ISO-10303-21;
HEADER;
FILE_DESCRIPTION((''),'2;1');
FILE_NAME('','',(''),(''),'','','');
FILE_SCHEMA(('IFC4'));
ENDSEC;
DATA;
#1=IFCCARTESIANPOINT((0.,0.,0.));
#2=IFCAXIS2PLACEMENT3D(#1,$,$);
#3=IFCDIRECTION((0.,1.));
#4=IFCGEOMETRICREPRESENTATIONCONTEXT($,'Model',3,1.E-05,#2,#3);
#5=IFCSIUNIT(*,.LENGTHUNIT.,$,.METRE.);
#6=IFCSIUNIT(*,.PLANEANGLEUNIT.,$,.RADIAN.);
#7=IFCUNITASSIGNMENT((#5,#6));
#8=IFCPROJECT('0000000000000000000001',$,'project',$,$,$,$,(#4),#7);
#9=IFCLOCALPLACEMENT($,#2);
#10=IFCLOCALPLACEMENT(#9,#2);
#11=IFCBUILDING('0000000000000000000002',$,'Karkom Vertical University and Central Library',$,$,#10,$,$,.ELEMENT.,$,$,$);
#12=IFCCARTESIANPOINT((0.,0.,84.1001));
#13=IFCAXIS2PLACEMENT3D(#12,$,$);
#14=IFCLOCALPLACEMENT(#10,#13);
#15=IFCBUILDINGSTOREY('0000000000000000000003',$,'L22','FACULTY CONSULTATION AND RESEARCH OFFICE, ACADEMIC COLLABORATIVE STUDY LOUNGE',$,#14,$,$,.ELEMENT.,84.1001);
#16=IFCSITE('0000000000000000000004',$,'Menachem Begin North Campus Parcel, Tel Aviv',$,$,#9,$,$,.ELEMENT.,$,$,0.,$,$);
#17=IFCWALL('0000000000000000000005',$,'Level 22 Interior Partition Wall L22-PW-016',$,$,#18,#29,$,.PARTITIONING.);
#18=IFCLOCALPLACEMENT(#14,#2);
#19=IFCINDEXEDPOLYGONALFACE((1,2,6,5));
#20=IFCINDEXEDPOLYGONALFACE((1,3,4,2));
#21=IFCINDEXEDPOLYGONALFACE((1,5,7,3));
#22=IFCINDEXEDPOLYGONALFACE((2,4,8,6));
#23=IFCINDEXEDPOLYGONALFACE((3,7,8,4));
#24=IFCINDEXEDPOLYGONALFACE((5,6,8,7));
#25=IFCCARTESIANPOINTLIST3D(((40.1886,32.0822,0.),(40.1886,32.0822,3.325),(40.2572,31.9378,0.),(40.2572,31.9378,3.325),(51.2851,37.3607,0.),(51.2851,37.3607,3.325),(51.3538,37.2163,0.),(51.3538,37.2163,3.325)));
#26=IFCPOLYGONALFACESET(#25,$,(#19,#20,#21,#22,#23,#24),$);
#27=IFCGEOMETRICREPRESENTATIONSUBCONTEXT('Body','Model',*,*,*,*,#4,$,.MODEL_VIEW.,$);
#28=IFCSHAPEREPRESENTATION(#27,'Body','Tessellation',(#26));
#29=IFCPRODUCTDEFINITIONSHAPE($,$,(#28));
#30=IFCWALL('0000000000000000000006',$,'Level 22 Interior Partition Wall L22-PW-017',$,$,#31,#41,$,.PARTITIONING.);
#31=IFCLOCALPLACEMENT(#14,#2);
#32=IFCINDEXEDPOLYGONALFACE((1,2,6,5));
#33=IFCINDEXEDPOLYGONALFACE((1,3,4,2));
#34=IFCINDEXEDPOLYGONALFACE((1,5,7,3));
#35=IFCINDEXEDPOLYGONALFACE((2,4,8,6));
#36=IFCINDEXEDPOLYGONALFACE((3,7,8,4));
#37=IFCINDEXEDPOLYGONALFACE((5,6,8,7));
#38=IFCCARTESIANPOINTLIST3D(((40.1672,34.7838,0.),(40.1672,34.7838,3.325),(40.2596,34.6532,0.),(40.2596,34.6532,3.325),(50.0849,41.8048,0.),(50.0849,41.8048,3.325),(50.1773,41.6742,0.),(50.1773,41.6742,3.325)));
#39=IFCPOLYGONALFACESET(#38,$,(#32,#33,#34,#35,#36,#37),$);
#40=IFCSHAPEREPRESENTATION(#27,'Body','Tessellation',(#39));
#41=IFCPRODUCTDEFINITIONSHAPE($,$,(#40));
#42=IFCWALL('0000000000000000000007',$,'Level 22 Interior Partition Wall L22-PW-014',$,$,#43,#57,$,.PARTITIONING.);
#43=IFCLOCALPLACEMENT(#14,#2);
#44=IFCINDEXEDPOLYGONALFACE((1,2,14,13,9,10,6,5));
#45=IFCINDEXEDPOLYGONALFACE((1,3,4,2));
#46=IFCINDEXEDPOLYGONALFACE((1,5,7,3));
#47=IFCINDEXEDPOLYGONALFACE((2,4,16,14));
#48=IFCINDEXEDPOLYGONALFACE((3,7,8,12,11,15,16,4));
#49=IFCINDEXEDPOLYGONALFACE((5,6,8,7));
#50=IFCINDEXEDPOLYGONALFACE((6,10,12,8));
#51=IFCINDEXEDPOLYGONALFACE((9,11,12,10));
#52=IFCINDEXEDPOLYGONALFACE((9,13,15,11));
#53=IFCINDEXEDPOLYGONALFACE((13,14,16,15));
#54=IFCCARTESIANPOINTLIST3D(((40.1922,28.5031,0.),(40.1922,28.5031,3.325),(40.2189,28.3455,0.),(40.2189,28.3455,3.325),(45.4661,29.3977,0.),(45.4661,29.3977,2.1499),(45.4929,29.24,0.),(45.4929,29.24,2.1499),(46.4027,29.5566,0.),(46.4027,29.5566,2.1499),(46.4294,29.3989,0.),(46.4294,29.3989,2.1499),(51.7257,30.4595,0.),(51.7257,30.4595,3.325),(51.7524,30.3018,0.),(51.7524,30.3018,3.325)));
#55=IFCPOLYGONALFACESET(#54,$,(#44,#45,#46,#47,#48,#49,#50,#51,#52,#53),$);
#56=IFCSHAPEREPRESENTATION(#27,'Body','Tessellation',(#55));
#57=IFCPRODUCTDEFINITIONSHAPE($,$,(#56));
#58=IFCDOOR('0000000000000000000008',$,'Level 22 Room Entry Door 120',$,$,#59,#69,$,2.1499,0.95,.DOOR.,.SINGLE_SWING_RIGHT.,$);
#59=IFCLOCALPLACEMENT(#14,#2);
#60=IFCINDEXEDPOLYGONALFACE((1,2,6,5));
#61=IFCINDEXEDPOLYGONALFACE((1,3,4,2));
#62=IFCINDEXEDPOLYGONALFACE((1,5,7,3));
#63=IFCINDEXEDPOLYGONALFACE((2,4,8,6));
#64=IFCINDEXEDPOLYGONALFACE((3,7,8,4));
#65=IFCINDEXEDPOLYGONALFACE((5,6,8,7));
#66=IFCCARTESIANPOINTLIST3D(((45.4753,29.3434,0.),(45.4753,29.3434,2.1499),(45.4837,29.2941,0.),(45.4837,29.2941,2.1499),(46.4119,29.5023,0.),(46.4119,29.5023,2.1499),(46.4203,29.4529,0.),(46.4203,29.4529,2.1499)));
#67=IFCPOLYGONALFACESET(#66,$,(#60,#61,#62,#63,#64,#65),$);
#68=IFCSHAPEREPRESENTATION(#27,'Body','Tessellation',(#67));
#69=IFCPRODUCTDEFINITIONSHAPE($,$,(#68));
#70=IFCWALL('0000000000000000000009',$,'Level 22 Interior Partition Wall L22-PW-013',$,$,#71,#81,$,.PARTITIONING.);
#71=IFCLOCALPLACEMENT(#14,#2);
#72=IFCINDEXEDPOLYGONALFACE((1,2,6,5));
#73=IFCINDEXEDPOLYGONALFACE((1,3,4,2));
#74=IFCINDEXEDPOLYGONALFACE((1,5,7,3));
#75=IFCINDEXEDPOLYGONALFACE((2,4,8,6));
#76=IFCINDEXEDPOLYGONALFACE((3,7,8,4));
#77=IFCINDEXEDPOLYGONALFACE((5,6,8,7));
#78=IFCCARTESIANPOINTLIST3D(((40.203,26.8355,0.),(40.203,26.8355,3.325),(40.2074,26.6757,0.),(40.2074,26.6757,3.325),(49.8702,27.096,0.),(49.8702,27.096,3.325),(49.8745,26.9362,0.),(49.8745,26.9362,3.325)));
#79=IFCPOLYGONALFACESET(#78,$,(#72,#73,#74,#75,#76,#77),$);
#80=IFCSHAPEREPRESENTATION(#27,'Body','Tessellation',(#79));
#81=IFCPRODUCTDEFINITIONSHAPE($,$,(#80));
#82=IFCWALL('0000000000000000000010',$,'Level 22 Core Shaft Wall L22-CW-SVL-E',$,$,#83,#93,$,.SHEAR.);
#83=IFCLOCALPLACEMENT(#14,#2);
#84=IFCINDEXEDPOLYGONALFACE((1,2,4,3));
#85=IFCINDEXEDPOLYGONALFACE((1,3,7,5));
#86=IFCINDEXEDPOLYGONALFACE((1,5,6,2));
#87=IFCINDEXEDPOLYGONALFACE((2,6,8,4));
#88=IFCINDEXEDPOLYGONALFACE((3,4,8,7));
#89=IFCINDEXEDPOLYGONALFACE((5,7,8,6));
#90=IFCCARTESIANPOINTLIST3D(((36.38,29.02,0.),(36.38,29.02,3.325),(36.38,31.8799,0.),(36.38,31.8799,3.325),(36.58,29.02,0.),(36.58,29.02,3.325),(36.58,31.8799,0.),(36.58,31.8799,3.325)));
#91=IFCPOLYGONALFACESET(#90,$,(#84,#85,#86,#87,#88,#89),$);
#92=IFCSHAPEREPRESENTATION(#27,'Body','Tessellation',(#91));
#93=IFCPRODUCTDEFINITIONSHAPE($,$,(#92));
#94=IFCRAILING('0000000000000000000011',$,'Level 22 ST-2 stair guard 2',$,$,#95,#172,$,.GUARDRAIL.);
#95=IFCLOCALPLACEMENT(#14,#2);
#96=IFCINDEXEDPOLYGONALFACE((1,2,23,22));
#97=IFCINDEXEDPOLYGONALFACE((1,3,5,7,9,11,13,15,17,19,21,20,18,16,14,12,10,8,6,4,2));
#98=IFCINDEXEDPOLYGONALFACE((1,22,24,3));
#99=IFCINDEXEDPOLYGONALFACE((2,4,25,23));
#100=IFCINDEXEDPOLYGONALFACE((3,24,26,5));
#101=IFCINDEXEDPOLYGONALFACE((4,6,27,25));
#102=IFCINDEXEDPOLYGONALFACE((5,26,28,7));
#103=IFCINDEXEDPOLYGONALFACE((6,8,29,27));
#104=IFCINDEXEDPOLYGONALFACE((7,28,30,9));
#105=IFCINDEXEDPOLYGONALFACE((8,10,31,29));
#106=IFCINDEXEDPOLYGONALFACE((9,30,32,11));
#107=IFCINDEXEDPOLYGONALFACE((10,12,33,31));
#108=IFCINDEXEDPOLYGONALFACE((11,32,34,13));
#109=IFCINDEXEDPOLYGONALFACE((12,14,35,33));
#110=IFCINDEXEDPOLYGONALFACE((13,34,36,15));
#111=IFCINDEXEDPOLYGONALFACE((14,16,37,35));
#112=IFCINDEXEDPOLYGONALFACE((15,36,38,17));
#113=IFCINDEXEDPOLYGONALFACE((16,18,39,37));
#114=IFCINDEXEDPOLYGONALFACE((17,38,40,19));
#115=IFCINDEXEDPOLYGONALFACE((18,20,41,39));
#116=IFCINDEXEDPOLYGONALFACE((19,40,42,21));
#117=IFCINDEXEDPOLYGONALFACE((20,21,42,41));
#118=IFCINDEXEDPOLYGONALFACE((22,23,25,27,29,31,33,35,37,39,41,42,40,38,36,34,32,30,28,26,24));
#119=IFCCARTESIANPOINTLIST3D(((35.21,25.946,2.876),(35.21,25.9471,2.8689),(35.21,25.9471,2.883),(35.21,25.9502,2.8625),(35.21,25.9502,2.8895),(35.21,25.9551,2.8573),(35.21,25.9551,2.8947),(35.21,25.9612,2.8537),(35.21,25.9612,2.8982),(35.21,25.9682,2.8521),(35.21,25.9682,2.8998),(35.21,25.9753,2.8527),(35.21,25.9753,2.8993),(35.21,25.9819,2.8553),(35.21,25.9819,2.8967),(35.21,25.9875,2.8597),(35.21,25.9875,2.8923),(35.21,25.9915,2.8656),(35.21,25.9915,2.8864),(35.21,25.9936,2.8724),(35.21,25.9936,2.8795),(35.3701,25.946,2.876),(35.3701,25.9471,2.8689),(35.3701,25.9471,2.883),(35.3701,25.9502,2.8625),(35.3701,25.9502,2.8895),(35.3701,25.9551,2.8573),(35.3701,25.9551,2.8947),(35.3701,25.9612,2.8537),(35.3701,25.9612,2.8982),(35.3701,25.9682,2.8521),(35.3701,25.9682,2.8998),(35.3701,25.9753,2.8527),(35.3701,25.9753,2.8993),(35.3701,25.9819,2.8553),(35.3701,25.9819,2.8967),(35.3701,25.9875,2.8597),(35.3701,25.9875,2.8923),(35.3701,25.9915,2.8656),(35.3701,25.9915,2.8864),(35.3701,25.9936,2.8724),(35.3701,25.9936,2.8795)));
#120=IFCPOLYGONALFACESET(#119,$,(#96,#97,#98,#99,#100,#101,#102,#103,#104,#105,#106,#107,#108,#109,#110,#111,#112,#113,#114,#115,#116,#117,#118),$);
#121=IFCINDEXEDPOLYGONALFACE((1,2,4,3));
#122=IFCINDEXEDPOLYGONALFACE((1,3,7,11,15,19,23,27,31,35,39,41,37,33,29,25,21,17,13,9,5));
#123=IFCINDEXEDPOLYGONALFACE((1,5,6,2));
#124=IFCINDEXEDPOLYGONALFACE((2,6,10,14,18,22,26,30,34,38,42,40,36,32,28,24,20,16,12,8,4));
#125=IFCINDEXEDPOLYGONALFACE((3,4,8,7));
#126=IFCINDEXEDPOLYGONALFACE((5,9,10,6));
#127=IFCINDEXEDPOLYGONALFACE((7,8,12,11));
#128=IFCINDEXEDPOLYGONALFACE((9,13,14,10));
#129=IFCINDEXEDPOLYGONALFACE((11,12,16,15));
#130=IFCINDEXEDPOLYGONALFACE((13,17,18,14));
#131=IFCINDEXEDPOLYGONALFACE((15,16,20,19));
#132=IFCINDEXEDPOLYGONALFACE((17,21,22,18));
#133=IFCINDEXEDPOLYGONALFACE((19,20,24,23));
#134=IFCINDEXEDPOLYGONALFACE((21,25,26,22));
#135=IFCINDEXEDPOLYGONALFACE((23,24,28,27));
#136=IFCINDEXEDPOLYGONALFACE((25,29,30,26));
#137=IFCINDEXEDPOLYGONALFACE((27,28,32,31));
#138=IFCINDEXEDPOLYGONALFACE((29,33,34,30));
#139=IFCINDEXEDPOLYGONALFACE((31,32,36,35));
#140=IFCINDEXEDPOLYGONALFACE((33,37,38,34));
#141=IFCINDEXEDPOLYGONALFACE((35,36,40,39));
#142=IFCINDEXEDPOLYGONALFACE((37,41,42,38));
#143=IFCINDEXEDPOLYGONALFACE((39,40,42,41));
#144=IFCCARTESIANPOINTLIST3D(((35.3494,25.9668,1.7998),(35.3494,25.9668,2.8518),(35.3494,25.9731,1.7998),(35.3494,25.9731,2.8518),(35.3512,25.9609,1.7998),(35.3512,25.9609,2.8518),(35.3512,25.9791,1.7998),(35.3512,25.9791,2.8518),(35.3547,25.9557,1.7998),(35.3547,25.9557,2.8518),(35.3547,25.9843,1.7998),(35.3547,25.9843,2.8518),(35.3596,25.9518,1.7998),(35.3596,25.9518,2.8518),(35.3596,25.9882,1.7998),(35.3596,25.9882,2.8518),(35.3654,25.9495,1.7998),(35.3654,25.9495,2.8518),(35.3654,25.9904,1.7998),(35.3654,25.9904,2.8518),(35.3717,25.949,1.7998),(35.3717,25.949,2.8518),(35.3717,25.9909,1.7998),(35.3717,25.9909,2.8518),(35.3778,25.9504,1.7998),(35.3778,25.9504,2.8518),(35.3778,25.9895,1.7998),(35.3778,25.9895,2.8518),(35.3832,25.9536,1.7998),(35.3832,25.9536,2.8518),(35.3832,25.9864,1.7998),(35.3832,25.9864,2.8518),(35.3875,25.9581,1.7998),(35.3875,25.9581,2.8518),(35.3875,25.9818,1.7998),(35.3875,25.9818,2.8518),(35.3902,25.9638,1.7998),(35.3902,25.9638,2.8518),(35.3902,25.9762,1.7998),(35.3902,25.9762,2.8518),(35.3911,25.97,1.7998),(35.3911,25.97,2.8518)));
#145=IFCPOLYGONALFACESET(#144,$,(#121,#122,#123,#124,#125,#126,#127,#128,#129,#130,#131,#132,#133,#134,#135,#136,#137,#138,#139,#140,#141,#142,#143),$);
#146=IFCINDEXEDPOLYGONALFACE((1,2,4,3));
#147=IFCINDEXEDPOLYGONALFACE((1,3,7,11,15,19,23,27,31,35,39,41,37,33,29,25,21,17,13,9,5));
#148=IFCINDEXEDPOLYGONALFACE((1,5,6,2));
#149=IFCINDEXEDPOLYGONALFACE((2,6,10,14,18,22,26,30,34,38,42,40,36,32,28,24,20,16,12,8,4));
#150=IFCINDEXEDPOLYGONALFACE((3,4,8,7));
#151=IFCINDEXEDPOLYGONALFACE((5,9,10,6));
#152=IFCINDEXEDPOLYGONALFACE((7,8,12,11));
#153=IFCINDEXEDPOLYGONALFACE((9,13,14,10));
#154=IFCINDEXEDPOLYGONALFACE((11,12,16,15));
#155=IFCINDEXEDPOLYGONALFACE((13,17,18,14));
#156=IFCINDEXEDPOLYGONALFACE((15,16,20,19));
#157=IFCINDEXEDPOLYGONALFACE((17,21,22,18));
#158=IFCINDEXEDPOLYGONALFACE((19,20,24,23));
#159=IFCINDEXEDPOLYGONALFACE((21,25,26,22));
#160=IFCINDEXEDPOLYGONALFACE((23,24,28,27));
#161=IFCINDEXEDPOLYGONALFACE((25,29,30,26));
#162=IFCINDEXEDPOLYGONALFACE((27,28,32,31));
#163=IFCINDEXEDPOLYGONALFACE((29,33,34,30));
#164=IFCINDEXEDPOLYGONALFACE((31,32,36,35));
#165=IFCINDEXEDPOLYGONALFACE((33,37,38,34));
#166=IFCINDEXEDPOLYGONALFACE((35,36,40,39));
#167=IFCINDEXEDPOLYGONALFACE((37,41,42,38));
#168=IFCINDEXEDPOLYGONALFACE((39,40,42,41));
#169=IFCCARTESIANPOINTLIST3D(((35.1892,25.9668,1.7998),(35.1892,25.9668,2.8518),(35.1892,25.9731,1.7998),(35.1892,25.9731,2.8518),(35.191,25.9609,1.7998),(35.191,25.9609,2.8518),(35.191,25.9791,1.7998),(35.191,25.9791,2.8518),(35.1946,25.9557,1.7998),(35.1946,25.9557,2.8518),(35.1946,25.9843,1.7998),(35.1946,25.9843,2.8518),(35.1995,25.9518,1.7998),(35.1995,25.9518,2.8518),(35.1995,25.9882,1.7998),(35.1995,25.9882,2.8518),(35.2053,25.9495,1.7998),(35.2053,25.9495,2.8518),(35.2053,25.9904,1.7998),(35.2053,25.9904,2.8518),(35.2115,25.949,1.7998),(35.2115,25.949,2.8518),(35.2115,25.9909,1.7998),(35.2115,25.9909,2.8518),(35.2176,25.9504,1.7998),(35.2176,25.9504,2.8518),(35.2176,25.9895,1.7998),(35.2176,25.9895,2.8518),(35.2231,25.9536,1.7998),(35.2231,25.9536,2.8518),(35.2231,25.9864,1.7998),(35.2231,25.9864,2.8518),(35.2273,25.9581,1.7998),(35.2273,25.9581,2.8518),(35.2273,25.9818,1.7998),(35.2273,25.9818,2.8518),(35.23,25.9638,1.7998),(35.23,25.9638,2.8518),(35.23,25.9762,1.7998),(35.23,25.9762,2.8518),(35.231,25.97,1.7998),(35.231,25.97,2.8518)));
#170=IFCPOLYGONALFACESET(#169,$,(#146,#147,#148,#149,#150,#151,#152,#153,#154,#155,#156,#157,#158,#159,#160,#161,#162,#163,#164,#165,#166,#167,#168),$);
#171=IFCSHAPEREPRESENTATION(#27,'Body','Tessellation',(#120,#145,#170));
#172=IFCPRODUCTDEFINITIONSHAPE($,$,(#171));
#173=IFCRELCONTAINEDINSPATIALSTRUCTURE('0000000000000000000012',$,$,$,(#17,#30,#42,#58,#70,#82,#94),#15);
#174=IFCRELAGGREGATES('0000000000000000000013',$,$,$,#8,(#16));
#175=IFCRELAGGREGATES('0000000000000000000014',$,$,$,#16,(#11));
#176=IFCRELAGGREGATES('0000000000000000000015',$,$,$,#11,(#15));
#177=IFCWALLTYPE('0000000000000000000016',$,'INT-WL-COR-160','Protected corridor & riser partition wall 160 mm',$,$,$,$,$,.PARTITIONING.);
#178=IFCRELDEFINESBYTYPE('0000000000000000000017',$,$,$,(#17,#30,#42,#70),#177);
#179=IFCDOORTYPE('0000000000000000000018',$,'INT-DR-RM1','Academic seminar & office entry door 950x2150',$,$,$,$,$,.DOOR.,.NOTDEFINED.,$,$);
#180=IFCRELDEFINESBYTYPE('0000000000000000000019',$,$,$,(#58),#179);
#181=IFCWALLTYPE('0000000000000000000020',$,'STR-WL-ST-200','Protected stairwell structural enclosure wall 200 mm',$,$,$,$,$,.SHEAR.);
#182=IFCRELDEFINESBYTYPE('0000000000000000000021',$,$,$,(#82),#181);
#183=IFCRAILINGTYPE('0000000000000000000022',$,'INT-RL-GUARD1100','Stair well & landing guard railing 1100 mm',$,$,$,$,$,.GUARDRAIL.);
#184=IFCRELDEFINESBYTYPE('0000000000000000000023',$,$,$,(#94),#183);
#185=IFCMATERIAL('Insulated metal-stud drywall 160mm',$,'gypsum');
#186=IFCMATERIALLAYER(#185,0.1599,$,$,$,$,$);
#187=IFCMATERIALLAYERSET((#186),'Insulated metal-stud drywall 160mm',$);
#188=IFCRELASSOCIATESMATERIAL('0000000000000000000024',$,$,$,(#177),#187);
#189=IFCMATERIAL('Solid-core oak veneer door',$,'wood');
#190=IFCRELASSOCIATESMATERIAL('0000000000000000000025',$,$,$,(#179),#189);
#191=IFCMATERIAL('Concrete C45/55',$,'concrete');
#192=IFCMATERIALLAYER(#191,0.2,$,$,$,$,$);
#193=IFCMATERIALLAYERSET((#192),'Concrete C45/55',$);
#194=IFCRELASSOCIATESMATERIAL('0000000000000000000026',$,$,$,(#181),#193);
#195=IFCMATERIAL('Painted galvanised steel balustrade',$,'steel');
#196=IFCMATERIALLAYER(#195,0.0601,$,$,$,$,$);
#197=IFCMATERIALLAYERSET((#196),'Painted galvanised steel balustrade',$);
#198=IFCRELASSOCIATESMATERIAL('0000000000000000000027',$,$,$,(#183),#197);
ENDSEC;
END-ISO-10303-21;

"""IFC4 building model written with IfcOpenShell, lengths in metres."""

from ifc_helpers import new_model, si_unit, direction, frame, frame_2d, origin, origin_with_axes, origin_2d, place, context, subcontext, project, spatial, rectangle, circle, extrude, source, transform, mapped, material, layer, layer_set, type_object, element, fill, save


model = new_model("IFC4")

# Units and contexts
model_context = context("Model", 3, precision=1e-05, world=origin(), true_north=direction((0.0, 1.0)))
body_context = subcontext(model_context, "Body", "Model", "MODEL_VIEW")
ifc_project = project(units=[si_unit("LENGTHUNIT", "METRE"), si_unit("PLANEANGLEUNIT", "RADIAN")], contexts=[model_context])

# Site, building, storey
site_placement = place(None, origin())
site = spatial("IfcSite", under=ifc_project, at=site_placement, Name="Menachem Begin North Campus Parcel, Tel Aviv", CompositionType="ELEMENT", RefElevation=0.0)
building_placement = place(site_placement, origin())
building = spatial("IfcBuilding", under=site, at=building_placement, Name="Karkom Vertical University and Central Library", CompositionType="ELEMENT")
storey_placement = place(building_placement, frame((0.0, 0.0, 84.1001)))
storey = spatial("IfcBuildingStorey", under=building, at=storey_placement, Name="L22", Description="FACULTY CONSULTATION AND RESEARCH OFFICE, ACADEMIC COLLABORATIVE STUDY LOUNGE", CompositionType="ELEMENT", Elevation=84.1001)

# Walls
ifc_material_1 = material(Name="Insulated metal-stud drywall 160mm", Category="gypsum")
ifc_layer_1 = layer(ifc_material_1, 0.1599)
ifc_layer_set_1 = layer_set([ifc_layer_1], Name="Insulated metal-stud drywall 160mm")
wall_type_1 = type_object("IfcWallType", Name="INT-WL-COR-160", Description="Protected corridor & riser partition wall 160 mm", PredefinedType="PARTITIONING", material=ifc_layer_set_1)
wall_1_placement = place(storey_placement, frame((40.2229, 32.01, 0.0), z_axis=(0.0, 0.0, 1.0), x_axis=(0.903036, 0.429564, 0.0)))
element("IfcWall", 1, at=wall_1_placement, inside=storey, type_object=wall_type_1, Name="Level 22 Interior Partition Wall L22-PW-016", PredefinedType="PARTITIONING", context=body_context, shape_type="SweptSolid", body=[
    extrude(rectangle(XDim=12.2881, YDim=0.1599, at=frame_2d((6.144, 0.0))), origin(), (0.0, 0.0, 1.0), 3.325),
])
wall_2_placement = place(storey_placement, frame((40.2134, 34.7185, 0.0), z_axis=(0.0, 0.0, 1.0), x_axis=(0.816182, 0.577795, 0.0)))
element("IfcWall", 2, at=wall_2_placement, inside=storey, type_object=wall_type_1, Name="Level 22 Interior Partition Wall L22-PW-017", PredefinedType="PARTITIONING", context=body_context, shape_type="SweptSolid", body=[
    extrude(rectangle(XDim=12.1514, YDim=0.1599, at=frame_2d((6.0757, 0.0))), origin(), (0.0, 0.0, 1.0), 3.325),
])

# Wall, opening, door
wall_3_placement = place(storey_placement, frame((40.2056, 28.4243, 0.0), z_axis=(0.0, 0.0, 1.0), x_axis=(0.985918, 0.167231, 0.0)))
wall_3 = element("IfcWall", 3, at=wall_3_placement, inside=storey, type_object=wall_type_1, Name="Level 22 Interior Partition Wall L22-PW-014", PredefinedType="PARTITIONING", context=body_context, shape_type="SweptSolid", body=[
    extrude(rectangle(XDim=11.6982, YDim=0.1599, at=frame_2d((5.8491, 0.0))), origin(), (0.0, 0.0, 1.0), 3.325),
])
opening_1_placement = place(wall_3_placement, frame((5.3491, 0.0, 0.0)))
opening_1 = element("IfcOpeningElement", 4, at=opening_1_placement, cuts=wall_3, PredefinedType="OPENING", context=body_context, shape_type="SweptSolid", body=[
    extrude(rectangle(XDim=0.95, YDim=2.1499, at=frame_2d((0.4751, 1.075))), frame((0.0, 0.0898, 0.0), z_axis=(0.0, -1.0, 0.0), x_axis=(1.0, 0.0, 0.0)), (0.0, 0.0, 1.0), 0.1799),
])
ifc_material_2 = material(Name="Solid-core oak veneer door", Category="wood")
door_type_1 = type_object("IfcDoorType", Name="INT-DR-RM1", Description="Academic seminar & office entry door 950x2150", OperationType="NOTDEFINED", PredefinedType="DOOR", material=ifc_material_2)
shared_shape_1 = source(origin_with_axes(), body_context, "Body", "SweptSolid", [
    extrude(rectangle(XDim=0.95, YDim=2.1499, at=frame_2d((0.4751, 1.075))), frame((0.0, 0.0249, 0.0), z_axis=(0.0, -1.0, 0.0), x_axis=(1.0, 0.0, 0.0)), (0.0, 0.0, 1.0), 0.05),
])
door_1_placement = place(opening_1_placement, origin())
door_1 = element("IfcDoor", 5, at=door_1_placement, inside=storey, type_object=door_type_1, Name="Level 22 Room Entry Door 120", OperationType="SINGLE_SWING_RIGHT", OverallHeight=2.1499, OverallWidth=0.95, PredefinedType="DOOR", context=body_context, shape_type="MappedRepresentation", body=[
    mapped(shared_shape_1, transform((0.0, 0.0, 0.0), scale=1.0)),
])
fill(opening_1, door_1)

# Wall
wall_4_placement = place(storey_placement, frame((40.2051, 26.7556, 0.0), z_axis=(0.0, 0.0, 1.0), x_axis=(0.999637, 0.026937, 0.0)))
element("IfcWall", 6, at=wall_4_placement, inside=storey, type_object=wall_type_1, Name="Level 22 Interior Partition Wall L22-PW-013", PredefinedType="PARTITIONING", context=body_context, shape_type="SweptSolid", body=[
    extrude(rectangle(XDim=9.6707, YDim=0.1599, at=frame_2d((4.8354, 0.0))), origin(), (0.0, 0.0, 1.0), 3.325),
])

# Wall
ifc_material_3 = material(Name="Concrete C45/55", Category="concrete")
ifc_layer_2 = layer(ifc_material_3, 0.2)
ifc_layer_set_2 = layer_set([ifc_layer_2], Name="Concrete C45/55")
wall_type_2 = type_object("IfcWallType", Name="STR-WL-ST-200", Description="Protected stairwell structural enclosure wall 200 mm", PredefinedType="SHEAR", material=ifc_layer_set_2)
wall_5_placement = place(storey_placement, frame((36.48, 29.02, 0.0), z_axis=(0.0, 0.0, 1.0), x_axis=(0.0, 1.0, 0.0)))
element("IfcWall", 7, at=wall_5_placement, inside=storey, type_object=wall_type_2, Name="Level 22 Core Shaft Wall L22-CW-SVL-E", PredefinedType="SHEAR", context=body_context, shape_type="SweptSolid", body=[
    extrude(rectangle(XDim=2.8599, YDim=0.2, at=frame_2d((1.4299, 0.0))), origin(), (0.0, 0.0, 1.0), 3.325),
])

# Railing
ifc_material_4 = material(Name="Painted galvanised steel balustrade", Category="steel")
ifc_layer_3 = layer(ifc_material_4, 0.0601)
ifc_layer_set_3 = layer_set([ifc_layer_3], Name="Painted galvanised steel balustrade")
railing_type = type_object("IfcRailingType", Name="INT-RL-GUARD1100", Description="Stair well & landing guard railing 1100 mm", PredefinedType="GUARDRAIL", material=ifc_layer_set_3)
railing_placement = place(storey_placement, frame((35.3701, 25.97, 1.7998)))
element("IfcRailing", 8, at=railing_placement, inside=storey, type_object=railing_type, Name="Level 22 ST-2 stair guard 2", PredefinedType="GUARDRAIL", context=body_context, shape_type="SweptSolid", body=[
    extrude(circle(Radius=0.0239, at=origin_2d()), frame((0.0, 0.0, 1.0762), z_axis=(-1.0, 0.0, 0.0), x_axis=(0.0, -1.0, 0.0)), (0.0, 0.0, 1.0), 0.1602),
    extrude(circle(Radius=0.021, at=origin_2d()), origin(), (0.0, 0.0, 1.0), 1.052),
    extrude(circle(Radius=0.021, at=origin_2d()), frame((-0.1602, 0.0, 0.0)), (0.0, 0.0, 1.0), 1.052),
])

save(model, "model.ifc")
